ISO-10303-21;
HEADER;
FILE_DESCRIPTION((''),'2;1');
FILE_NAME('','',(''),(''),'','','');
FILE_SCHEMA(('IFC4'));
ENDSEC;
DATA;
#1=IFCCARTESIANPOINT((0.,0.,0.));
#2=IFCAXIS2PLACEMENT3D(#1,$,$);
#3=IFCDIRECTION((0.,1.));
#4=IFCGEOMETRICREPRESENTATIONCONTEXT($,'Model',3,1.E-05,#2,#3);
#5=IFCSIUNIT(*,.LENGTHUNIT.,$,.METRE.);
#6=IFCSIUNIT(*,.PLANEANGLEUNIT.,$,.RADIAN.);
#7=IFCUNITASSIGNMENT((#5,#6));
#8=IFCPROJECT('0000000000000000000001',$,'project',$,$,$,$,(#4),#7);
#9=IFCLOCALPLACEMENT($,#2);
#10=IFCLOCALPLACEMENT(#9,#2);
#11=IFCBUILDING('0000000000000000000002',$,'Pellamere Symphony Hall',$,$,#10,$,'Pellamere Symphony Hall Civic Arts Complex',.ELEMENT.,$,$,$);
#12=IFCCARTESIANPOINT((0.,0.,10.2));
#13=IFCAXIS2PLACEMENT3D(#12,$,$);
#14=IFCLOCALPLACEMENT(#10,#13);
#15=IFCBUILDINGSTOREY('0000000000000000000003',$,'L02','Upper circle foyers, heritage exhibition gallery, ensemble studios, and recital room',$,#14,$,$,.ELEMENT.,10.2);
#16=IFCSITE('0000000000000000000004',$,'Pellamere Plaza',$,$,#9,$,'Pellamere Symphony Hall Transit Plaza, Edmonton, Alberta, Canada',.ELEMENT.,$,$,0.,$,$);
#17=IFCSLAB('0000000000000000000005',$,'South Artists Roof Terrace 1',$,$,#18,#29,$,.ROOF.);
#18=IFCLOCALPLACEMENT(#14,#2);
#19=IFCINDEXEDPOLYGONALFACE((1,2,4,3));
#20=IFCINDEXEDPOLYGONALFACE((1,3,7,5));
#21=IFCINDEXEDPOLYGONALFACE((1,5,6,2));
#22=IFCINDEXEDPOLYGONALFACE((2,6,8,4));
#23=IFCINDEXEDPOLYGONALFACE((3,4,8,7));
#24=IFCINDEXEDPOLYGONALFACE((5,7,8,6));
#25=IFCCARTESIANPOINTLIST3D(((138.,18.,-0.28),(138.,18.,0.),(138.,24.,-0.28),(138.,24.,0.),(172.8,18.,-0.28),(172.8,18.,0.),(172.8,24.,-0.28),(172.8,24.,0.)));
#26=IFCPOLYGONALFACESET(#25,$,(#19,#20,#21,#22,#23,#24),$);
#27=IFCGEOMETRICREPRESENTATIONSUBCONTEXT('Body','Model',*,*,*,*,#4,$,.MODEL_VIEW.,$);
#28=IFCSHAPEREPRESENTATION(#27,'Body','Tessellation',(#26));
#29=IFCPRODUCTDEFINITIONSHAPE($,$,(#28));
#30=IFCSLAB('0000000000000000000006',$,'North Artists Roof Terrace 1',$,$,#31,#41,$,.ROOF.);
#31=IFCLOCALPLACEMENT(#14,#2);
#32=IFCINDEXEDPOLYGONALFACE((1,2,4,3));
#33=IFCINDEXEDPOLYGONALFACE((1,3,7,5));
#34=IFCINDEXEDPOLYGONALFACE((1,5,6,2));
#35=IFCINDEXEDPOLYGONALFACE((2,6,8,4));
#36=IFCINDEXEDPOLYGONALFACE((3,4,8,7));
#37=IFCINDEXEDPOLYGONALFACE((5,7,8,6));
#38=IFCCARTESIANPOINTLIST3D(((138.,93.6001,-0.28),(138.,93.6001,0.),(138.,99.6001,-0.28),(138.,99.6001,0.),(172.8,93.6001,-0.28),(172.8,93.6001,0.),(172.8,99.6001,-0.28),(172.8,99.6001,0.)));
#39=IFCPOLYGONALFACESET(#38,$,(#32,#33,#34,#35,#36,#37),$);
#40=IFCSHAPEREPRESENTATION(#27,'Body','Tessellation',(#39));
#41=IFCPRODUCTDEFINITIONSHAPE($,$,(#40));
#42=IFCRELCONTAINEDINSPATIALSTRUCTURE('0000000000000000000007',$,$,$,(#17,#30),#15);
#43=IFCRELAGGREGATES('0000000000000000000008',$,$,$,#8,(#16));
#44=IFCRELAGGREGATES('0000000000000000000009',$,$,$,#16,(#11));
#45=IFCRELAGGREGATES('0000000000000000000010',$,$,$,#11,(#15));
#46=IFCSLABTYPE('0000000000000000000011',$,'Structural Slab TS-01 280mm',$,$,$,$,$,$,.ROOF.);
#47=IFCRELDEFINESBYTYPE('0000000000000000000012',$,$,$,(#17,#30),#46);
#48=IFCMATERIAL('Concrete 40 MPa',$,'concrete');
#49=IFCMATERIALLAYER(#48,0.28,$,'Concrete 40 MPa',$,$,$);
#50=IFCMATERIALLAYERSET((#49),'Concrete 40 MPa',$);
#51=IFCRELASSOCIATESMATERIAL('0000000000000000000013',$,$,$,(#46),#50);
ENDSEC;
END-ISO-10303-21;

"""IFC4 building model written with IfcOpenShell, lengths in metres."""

from ifc_helpers import new_model, si_unit, direction, frame, origin, place, context, subcontext, project, spatial, polyline, outline, extrude, material, layer, layer_set, type_object, element, save


model = new_model("IFC4")

# Units and contexts
model_context = context("Model", 3, precision=1e-05, world=origin(), true_north=direction((0.0, 1.0)))
body_context = subcontext(model_context, "Body", "Model", "MODEL_VIEW")
ifc_project = project(units=[si_unit("LENGTHUNIT", "METRE"), si_unit("PLANEANGLEUNIT", "RADIAN")], contexts=[model_context])

# Site, building, storey
site_placement = place(None, origin())
site = spatial("IfcSite", under=ifc_project, at=site_placement, Name="Pellamere Plaza", LongName="Pellamere Symphony Hall Transit Plaza, Edmonton, Alberta, Canada", CompositionType="ELEMENT", RefElevation=0.0)
building_placement = place(site_placement, origin())
building = spatial("IfcBuilding", under=site, at=building_placement, Name="Pellamere Symphony Hall", LongName="Pellamere Symphony Hall Civic Arts Complex", CompositionType="ELEMENT")
storey_placement = place(building_placement, frame((0.0, 0.0, 10.2)))
storey = spatial("IfcBuildingStorey", under=building, at=storey_placement, Name="L02", Description="Upper circle foyers, heritage exhibition gallery, ensemble studios, and recital room", CompositionType="ELEMENT", Elevation=10.2)

# Shared definitions
ifc_material_1 = material(Name="Concrete 40 MPa", Category="concrete")

# Slabs
ifc_layer_1 = layer(ifc_material_1, 0.28, Name="Concrete 40 MPa")
ifc_layer_set_1 = layer_set([ifc_layer_1], Name="Concrete 40 MPa")
slab_type_1 = type_object("IfcSlabType", Name="Structural Slab TS-01 280mm", PredefinedType="ROOF", material=ifc_layer_set_1)
slab_1_placement = place(storey_placement, frame((0.0, 0.0, -0.28)))
element("IfcSlab", 1, at=slab_1_placement, inside=storey, type_object=slab_type_1, Name="South Artists Roof Terrace 1", PredefinedType="ROOF", context=body_context, shape_type="SweptSolid", body=[
    extrude(outline(polyline([(138.0, 18.0), (138.0, 24.0), (172.8, 24.0), (172.8, 18.0), (138.0, 18.0)])), origin(), (0.0, 0.0, 1.0), 0.28),
])
slab_2_placement = place(storey_placement, frame((0.0, 0.0, -0.28)))
element("IfcSlab", 2, at=slab_2_placement, inside=storey, type_object=slab_type_1, Name="North Artists Roof Terrace 1", PredefinedType="ROOF", context=body_context, shape_type="SweptSolid", body=[
    extrude(outline(polyline([(138.0, 93.6001), (138.0, 99.6001), (172.8, 99.6001), (172.8, 93.6001), (138.0, 93.6001)])), origin(), (0.0, 0.0, 1.0), 0.28),
])

save(model, "model.ifc")
